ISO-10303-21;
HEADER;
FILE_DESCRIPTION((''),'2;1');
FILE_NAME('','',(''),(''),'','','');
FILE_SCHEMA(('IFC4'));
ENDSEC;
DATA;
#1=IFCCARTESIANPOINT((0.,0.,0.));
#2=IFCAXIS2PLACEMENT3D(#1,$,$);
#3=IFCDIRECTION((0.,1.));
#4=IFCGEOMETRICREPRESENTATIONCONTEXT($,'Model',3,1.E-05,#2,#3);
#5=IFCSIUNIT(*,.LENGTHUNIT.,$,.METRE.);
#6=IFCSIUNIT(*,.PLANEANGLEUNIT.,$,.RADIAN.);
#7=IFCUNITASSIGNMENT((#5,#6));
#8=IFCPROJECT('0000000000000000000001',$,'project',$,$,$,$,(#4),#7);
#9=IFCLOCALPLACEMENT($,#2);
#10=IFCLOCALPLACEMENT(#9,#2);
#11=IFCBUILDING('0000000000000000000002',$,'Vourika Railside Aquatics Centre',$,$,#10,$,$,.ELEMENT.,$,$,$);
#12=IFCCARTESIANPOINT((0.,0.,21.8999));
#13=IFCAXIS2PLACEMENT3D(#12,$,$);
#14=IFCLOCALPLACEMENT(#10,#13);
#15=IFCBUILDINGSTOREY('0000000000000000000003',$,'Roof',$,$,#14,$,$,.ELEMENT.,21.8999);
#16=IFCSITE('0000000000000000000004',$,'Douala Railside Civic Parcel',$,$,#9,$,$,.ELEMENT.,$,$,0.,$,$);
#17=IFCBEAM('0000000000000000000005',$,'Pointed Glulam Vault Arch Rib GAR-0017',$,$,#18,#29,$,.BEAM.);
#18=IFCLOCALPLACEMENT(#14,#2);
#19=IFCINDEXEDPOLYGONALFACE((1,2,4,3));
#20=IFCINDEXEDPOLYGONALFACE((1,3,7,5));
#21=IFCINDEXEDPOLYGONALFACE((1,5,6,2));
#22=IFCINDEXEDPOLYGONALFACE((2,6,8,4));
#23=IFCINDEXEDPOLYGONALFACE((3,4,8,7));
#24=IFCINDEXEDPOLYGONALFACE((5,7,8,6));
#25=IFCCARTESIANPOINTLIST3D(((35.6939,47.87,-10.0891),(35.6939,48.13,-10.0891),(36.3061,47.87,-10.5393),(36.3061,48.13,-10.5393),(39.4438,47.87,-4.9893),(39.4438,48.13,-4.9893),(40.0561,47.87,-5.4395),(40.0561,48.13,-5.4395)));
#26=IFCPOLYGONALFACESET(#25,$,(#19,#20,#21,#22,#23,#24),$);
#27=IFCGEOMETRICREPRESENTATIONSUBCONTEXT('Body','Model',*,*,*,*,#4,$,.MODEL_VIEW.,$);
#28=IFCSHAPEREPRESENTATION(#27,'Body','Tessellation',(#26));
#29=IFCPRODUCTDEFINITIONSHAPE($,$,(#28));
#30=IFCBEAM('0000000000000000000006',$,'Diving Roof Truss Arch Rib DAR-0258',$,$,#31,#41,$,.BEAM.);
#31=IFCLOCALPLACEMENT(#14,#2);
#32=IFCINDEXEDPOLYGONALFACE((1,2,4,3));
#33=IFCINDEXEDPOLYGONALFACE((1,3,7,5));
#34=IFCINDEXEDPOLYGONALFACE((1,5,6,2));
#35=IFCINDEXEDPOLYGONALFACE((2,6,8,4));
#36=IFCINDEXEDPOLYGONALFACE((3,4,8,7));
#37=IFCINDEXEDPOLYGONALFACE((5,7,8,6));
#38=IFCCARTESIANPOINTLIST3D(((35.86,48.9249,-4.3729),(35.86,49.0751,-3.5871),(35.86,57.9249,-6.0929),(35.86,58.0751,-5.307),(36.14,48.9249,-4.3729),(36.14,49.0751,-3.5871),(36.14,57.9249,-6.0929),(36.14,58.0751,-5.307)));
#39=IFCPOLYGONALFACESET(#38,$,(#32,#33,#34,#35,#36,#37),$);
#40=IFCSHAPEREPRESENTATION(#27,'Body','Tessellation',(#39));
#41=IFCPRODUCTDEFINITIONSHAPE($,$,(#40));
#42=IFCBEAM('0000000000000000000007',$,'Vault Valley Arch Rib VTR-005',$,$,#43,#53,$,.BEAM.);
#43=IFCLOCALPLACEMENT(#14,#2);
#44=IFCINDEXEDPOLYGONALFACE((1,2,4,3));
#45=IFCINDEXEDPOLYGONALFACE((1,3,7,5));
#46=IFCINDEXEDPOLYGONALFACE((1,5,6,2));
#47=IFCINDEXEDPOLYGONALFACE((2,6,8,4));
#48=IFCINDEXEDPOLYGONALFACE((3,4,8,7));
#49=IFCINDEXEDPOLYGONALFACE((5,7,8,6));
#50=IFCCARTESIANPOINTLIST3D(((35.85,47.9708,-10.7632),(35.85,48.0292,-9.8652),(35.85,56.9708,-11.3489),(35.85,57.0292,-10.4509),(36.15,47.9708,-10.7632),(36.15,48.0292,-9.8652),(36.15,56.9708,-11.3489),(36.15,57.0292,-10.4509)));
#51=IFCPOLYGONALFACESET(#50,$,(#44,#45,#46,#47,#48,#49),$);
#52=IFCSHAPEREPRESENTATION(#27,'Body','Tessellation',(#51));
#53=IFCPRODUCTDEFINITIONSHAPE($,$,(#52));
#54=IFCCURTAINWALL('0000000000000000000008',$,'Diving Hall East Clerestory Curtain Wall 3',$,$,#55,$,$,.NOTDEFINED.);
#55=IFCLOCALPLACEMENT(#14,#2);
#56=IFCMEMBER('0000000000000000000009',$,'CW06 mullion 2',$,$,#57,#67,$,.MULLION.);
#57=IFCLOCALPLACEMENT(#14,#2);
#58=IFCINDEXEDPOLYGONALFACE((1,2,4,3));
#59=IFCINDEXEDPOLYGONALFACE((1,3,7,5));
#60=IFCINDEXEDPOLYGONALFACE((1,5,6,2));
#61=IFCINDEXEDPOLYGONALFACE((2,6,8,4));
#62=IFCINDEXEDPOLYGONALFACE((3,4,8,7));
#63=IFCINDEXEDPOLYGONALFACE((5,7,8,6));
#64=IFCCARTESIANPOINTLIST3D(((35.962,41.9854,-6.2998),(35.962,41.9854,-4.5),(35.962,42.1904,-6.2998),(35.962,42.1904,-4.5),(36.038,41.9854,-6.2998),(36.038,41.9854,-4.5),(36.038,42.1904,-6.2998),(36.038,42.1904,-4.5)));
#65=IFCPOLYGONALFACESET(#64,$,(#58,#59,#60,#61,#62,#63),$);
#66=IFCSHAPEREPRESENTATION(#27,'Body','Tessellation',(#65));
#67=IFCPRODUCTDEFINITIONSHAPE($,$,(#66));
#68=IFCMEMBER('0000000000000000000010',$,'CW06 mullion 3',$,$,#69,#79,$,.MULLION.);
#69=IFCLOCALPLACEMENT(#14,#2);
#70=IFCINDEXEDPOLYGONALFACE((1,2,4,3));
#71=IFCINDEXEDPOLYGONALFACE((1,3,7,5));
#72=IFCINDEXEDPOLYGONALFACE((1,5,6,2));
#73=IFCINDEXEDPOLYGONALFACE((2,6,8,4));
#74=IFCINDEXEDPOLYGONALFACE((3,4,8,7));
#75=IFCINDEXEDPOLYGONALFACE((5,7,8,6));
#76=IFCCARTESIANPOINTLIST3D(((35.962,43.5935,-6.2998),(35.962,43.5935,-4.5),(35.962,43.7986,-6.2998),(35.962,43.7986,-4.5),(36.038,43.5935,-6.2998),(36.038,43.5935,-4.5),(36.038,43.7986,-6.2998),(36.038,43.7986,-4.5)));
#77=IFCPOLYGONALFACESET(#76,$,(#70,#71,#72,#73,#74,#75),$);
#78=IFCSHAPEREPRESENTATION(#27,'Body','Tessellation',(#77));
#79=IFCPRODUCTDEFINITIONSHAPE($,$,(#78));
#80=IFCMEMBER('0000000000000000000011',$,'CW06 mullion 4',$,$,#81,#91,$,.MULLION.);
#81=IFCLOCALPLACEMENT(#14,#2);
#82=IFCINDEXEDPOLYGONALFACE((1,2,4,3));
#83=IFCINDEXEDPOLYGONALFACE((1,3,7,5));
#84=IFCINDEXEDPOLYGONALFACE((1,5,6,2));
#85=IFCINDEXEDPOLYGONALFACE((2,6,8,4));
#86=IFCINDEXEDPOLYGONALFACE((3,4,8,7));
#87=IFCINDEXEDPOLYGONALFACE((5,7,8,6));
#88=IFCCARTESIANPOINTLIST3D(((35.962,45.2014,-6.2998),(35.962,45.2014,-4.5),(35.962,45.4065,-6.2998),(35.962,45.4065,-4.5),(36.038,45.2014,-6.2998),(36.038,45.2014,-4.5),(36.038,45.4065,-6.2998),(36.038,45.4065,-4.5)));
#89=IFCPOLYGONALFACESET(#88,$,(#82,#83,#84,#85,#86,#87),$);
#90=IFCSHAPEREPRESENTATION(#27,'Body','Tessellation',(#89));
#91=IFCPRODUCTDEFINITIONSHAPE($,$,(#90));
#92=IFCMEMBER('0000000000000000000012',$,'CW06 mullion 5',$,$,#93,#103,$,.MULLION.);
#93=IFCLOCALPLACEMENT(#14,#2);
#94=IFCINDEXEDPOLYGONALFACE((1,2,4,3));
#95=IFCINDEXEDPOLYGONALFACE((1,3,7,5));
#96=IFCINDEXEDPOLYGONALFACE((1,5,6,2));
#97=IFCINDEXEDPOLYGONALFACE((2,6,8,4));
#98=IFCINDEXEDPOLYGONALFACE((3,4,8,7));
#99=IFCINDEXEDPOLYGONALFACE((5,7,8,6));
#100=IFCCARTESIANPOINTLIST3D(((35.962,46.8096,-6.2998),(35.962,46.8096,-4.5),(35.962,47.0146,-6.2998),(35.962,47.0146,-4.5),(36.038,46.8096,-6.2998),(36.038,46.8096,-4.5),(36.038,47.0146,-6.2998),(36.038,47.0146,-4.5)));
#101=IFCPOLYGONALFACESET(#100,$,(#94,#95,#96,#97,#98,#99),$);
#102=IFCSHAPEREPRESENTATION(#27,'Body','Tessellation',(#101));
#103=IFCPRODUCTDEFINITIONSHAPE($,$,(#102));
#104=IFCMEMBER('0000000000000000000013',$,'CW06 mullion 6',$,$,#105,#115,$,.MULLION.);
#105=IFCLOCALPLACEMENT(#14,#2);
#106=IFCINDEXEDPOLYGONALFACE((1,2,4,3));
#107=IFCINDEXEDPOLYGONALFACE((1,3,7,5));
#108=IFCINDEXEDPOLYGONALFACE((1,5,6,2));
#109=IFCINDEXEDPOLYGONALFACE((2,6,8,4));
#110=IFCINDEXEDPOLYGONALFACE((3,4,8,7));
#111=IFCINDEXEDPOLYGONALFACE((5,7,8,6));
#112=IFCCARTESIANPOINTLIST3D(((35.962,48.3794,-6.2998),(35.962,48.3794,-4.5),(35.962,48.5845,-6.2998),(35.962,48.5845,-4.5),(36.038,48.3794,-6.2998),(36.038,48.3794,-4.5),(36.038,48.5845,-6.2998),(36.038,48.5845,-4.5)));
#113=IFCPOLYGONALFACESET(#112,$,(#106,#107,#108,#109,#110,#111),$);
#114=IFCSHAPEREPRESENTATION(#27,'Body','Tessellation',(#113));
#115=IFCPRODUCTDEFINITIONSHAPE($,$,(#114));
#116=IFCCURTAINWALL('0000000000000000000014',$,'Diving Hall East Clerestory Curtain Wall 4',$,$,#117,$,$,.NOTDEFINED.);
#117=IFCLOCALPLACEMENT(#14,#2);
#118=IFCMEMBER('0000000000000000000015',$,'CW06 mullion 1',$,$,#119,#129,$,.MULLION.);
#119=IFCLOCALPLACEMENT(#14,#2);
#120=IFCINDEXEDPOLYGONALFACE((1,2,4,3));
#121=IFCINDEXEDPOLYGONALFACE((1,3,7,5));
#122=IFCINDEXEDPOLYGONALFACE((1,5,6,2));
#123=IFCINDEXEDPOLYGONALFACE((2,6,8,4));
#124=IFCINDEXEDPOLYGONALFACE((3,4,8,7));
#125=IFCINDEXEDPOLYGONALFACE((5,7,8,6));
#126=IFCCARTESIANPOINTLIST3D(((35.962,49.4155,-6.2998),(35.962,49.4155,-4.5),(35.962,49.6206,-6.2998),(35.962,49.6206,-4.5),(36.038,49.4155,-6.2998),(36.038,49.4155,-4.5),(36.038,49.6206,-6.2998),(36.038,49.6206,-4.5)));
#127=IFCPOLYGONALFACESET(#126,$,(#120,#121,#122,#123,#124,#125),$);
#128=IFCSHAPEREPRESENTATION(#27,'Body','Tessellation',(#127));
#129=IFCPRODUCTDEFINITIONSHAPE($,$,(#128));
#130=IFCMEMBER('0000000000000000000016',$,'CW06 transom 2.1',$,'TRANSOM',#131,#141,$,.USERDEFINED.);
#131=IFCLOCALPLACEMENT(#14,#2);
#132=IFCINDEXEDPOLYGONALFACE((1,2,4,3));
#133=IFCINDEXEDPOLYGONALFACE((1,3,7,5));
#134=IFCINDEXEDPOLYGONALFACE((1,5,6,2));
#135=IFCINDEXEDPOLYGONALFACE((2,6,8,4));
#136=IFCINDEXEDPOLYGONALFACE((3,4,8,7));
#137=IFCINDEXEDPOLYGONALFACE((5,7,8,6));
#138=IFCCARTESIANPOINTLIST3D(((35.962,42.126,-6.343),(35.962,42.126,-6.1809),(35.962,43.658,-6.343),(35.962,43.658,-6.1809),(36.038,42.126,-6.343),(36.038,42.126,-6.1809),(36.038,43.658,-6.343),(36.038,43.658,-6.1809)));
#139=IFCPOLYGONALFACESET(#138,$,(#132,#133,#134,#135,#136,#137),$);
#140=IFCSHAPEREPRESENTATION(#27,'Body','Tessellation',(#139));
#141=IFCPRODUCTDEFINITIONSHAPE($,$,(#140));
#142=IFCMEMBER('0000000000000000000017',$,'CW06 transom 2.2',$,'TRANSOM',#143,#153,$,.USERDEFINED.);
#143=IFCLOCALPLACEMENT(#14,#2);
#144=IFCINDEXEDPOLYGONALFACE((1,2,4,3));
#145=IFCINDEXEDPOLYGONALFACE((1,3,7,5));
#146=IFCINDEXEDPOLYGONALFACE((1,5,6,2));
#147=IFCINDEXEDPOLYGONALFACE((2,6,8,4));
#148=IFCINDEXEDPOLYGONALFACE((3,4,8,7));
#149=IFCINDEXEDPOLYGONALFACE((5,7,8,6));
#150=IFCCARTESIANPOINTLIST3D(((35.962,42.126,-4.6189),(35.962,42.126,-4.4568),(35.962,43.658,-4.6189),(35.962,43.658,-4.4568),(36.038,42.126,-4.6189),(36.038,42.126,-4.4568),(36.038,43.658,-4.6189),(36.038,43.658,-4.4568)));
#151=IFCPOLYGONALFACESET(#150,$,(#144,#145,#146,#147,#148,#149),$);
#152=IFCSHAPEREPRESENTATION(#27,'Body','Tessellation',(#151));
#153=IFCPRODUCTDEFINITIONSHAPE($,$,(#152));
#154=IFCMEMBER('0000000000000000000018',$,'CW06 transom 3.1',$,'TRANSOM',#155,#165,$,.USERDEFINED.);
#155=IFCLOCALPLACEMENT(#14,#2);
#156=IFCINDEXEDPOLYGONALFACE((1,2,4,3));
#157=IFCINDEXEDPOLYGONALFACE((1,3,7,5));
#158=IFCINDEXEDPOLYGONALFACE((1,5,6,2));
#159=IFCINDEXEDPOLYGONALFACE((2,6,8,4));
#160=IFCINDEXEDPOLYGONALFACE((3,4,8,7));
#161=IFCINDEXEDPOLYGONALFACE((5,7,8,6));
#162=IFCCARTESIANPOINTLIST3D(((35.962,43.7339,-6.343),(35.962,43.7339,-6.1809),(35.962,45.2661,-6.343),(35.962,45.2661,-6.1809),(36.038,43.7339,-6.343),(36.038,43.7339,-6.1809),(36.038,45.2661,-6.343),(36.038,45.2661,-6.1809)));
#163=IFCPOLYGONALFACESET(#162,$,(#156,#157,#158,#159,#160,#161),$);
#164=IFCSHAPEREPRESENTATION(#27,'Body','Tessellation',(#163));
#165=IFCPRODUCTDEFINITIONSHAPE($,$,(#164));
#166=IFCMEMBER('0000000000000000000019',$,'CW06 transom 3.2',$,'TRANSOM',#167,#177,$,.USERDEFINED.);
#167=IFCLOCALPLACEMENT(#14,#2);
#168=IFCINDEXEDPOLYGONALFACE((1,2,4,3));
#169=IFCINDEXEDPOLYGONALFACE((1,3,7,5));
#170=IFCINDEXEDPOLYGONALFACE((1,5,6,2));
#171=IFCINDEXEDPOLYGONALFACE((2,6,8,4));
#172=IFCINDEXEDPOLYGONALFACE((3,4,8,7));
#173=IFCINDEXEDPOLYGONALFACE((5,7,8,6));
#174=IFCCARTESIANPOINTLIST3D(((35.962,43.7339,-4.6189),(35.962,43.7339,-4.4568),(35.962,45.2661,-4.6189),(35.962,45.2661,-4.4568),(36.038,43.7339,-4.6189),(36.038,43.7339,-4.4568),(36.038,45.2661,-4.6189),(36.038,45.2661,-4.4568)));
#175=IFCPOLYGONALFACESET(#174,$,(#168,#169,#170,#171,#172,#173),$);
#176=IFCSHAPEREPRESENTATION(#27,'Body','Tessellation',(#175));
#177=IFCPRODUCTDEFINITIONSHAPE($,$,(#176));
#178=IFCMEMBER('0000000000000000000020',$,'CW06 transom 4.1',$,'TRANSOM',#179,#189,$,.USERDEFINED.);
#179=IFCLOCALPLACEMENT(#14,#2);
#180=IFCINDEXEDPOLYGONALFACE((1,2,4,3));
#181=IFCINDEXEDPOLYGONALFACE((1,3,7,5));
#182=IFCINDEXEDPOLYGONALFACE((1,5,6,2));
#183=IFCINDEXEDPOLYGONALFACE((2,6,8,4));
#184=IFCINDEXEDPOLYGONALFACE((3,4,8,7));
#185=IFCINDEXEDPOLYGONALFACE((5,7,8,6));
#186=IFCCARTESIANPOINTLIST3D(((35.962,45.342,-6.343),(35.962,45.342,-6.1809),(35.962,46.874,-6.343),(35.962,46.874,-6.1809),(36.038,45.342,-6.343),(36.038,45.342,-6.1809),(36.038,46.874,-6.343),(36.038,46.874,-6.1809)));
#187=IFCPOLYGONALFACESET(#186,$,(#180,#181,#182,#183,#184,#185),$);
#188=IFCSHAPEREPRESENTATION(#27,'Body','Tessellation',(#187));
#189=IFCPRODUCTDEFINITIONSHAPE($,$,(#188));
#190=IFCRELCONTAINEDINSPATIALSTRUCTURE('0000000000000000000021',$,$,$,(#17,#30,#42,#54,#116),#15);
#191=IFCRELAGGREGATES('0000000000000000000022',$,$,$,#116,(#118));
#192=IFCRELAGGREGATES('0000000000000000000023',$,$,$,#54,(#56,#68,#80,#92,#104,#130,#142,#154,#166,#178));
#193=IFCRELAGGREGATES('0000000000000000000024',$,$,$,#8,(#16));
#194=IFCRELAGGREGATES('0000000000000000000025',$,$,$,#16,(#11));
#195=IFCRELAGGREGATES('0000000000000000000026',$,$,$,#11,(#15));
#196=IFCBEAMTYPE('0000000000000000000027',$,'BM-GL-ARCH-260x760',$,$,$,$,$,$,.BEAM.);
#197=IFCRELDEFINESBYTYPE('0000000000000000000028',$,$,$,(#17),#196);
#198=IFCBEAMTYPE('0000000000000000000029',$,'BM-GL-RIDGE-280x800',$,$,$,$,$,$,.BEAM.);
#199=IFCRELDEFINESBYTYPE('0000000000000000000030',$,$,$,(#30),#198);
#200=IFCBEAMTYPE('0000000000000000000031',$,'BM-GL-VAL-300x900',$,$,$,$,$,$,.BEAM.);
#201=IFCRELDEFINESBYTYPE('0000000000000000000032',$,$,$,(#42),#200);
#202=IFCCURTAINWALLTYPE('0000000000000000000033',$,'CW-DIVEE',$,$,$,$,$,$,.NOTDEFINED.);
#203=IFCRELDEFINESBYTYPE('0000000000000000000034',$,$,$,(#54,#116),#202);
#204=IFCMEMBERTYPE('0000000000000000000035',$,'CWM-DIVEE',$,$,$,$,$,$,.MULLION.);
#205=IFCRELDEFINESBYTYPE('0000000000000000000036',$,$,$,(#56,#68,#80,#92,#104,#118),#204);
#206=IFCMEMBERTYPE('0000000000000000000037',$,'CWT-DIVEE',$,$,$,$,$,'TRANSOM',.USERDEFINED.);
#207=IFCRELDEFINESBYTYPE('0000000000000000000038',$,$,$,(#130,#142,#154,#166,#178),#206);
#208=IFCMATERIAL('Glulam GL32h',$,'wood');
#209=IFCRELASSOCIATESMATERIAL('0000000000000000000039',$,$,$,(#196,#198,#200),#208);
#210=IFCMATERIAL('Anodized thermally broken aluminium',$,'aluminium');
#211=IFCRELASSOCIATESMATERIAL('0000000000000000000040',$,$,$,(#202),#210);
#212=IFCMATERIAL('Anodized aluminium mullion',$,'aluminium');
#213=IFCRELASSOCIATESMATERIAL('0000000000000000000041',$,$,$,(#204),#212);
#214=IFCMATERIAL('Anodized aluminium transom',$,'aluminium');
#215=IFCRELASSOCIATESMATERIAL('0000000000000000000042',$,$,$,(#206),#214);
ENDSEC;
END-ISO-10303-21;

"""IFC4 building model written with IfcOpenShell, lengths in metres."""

from ifc_helpers import new_model, si_unit, direction, frame, origin, origin_2d, place, context, subcontext, project, spatial, rectangle, extrude, material, material_profile, profile_set, type_object, element, aggregate, save


model = new_model("IFC4")

# Units and contexts
model_context = context("Model", 3, precision=1e-05, world=origin(), true_north=direction((0.0, 1.0)))
body_context = subcontext(model_context, "Body", "Model", "MODEL_VIEW")
ifc_project = project(units=[si_unit("LENGTHUNIT", "METRE"), si_unit("PLANEANGLEUNIT", "RADIAN")], contexts=[model_context])

# Site, building, storey
site_placement = place(None, origin())
site = spatial("IfcSite", under=ifc_project, at=site_placement, Name="Douala Railside Civic Parcel", CompositionType="ELEMENT", RefElevation=0.0)
building_placement = place(site_placement, origin())
building = spatial("IfcBuilding", under=site, at=building_placement, Name="Vourika Railside Aquatics Centre", CompositionType="ELEMENT")
storey_placement = place(building_placement, frame((0.0, 0.0, 21.8999)))
storey = spatial("IfcBuildingStorey", under=building, at=storey_placement, Name="Roof", CompositionType="ELEMENT", Elevation=21.8999)

# Beams
ifc_material_1 = material(Name="Glulam GL32h", Category="wood")
ifc_material_profile_1 = material_profile(ifc_material_1, rectangle(XDim=0.26, YDim=0.76, at=origin_2d()), Name="GL32h 260x760")
ifc_profile_set_1 = profile_set([ifc_material_profile_1], Name="Glulam GL32h")
beam_type_1 = type_object("IfcBeamType", Name="BM-GL-ARCH-260x760", PredefinedType="BEAM", material=ifc_profile_set_1)
beam_1_placement = place(storey_placement, frame((36.0, 48.0, -10.3142), z_axis=(0.592401, 0.0, 0.805643), x_axis=(0.0, 1.0, 0.0)))
element("IfcBeam", 1, at=beam_1_placement, inside=storey, type_object=beam_type_1, Name="Pointed Glulam Vault Arch Rib GAR-0017", PredefinedType="BEAM", context=body_context, shape_type="SweptSolid", body=[
    extrude(rectangle(XDim=0.26, YDim=0.76, at=origin_2d()), origin(), (0.0, 0.0, 1.0), 6.3301),
])
ifc_material_profile_2 = material_profile(ifc_material_1, rectangle(XDim=0.28, YDim=0.8, at=origin_2d()), Name="GL32h 280x800")
ifc_profile_set_2 = profile_set([ifc_material_profile_2], Name="Glulam GL32h")
beam_type_2 = type_object("IfcBeamType", Name="BM-GL-RIDGE-280x800", PredefinedType="BEAM", material=ifc_profile_set_2)
beam_2_placement = place(storey_placement, frame((36.0, 49.0, -3.98), z_axis=(0.0, 0.982224, -0.187711), x_axis=(-1.0, 0.0, 0.0)))
element("IfcBeam", 2, at=beam_2_placement, inside=storey, type_object=beam_type_2, Name="Diving Roof Truss Arch Rib DAR-0258", PredefinedType="BEAM", context=body_context, shape_type="SweptSolid", body=[
    extrude(rectangle(XDim=0.28, YDim=0.8, at=origin_2d()), origin(), (0.0, 0.0, 1.0), 9.1628),
])
ifc_material_profile_3 = material_profile(ifc_material_1, rectangle(XDim=0.3, YDim=0.8999, at=origin_2d()), Name="GL32h 300x900")
ifc_profile_set_3 = profile_set([ifc_material_profile_3], Name="Glulam GL32h")
beam_type_3 = type_object("IfcBeamType", Name="BM-GL-VAL-300x900", PredefinedType="BEAM", material=ifc_profile_set_3)
beam_3_placement = place(storey_placement, frame((36.0, 48.0, -10.3142), z_axis=(0.0, 0.997889, -0.06494), x_axis=(-1.0, 0.0, 0.0)))
element("IfcBeam", 3, at=beam_3_placement, inside=storey, type_object=beam_type_3, Name="Vault Valley Arch Rib VTR-005", PredefinedType="BEAM", context=body_context, shape_type="SweptSolid", body=[
    extrude(rectangle(XDim=0.3, YDim=0.8999, at=origin_2d()), origin(), (0.0, 0.0, 1.0), 9.019),
])

# Curtain wall, members
ifc_material_2 = material(Name="Anodized thermally broken aluminium", Category="aluminium")
curtain_wall_type = type_object("IfcCurtainWallType", Name="CW-DIVEE", PredefinedType="NOTDEFINED", material=ifc_material_2)
curtain_wall_1_placement = place(storey_placement, origin())
curtain_wall_1 = element("IfcCurtainWall", 4, at=curtain_wall_1_placement, inside=storey, type_object=curtain_wall_type, Name="Diving Hall East Clerestory Curtain Wall 3", PredefinedType="NOTDEFINED")
ifc_material_3 = material(Name="Anodized aluminium mullion", Category="aluminium")
ifc_material_profile_4 = material_profile(ifc_material_3, rectangle(XDim=0.0759, YDim=0.2051, at=origin_2d()), Name="ALU-M 76x205")
ifc_profile_set_4 = profile_set([ifc_material_profile_4], Name="Anodized aluminium mullion")
member_type_1 = type_object("IfcMemberType", Name="CWM-DIVEE", PredefinedType="MULLION", material=ifc_profile_set_4)
member_1_placement = place(storey_placement, frame((36.0, 42.0879, -6.2998), z_axis=(0.0, 0.0, 1.0), x_axis=(-1.0, 0.0, 0.0)))
member_1 = element("IfcMember", 5, at=member_1_placement, type_object=member_type_1, Name="CW06 mullion 2", PredefinedType="MULLION", context=body_context, shape_type="SweptSolid", body=[
    extrude(rectangle(XDim=0.0759, YDim=0.2051, at=origin_2d()), origin(), (0.0, 0.0, 1.0), 1.7998),
])
member_2_placement = place(storey_placement, frame((36.0, 43.696, -6.2998), z_axis=(0.0, 0.0, 1.0), x_axis=(-1.0, 0.0, 0.0)))
member_2 = element("IfcMember", 6, at=member_2_placement, type_object=member_type_1, Name="CW06 mullion 3", PredefinedType="MULLION", context=body_context, shape_type="SweptSolid", body=[
    extrude(rectangle(XDim=0.0759, YDim=0.2051, at=origin_2d()), origin(), (0.0, 0.0, 1.0), 1.7998),
])
member_3_placement = place(storey_placement, frame((36.0, 45.304, -6.2998), z_axis=(0.0, 0.0, 1.0), x_axis=(-1.0, 0.0, 0.0)))
member_3 = element("IfcMember", 7, at=member_3_placement, type_object=member_type_1, Name="CW06 mullion 4", PredefinedType="MULLION", context=body_context, shape_type="SweptSolid", body=[
    extrude(rectangle(XDim=0.0759, YDim=0.2051, at=origin_2d()), origin(), (0.0, 0.0, 1.0), 1.7998),
])
member_4_placement = place(storey_placement, frame((36.0, 46.9121, -6.2998), z_axis=(0.0, 0.0, 1.0), x_axis=(-1.0, 0.0, 0.0)))
member_4 = element("IfcMember", 8, at=member_4_placement, type_object=member_type_1, Name="CW06 mullion 5", PredefinedType="MULLION", context=body_context, shape_type="SweptSolid", body=[
    extrude(rectangle(XDim=0.0759, YDim=0.2051, at=origin_2d()), origin(), (0.0, 0.0, 1.0), 1.7998),
])
member_5_placement = place(storey_placement, frame((36.0, 48.4819, -6.2998), z_axis=(0.0, 0.0, 1.0), x_axis=(-1.0, 0.0, 0.0)))
member_5 = element("IfcMember", 9, at=member_5_placement, type_object=member_type_1, Name="CW06 mullion 6", PredefinedType="MULLION", context=body_context, shape_type="SweptSolid", body=[
    extrude(rectangle(XDim=0.0759, YDim=0.2051, at=origin_2d()), origin(), (0.0, 0.0, 1.0), 1.7998),
])

# Curtain wall, member
curtain_wall_2_placement = place(storey_placement, origin())
curtain_wall_2 = element("IfcCurtainWall", 10, at=curtain_wall_2_placement, inside=storey, type_object=curtain_wall_type, Name="Diving Hall East Clerestory Curtain Wall 4", PredefinedType="NOTDEFINED")
member_6_placement = place(storey_placement, frame((36.0, 49.5181, -6.2998), z_axis=(0.0, 0.0, 1.0), x_axis=(-1.0, 0.0, 0.0)))
member_6 = element("IfcMember", 11, at=member_6_placement, type_object=member_type_1, Name="CW06 mullion 1", PredefinedType="MULLION", context=body_context, shape_type="SweptSolid", body=[
    extrude(rectangle(XDim=0.0759, YDim=0.2051, at=origin_2d()), origin(), (0.0, 0.0, 1.0), 1.7998),
])
aggregate(curtain_wall_2, [member_6])

# Members
ifc_material_4 = material(Name="Anodized aluminium transom", Category="aluminium")
ifc_material_profile_5 = material_profile(ifc_material_4, rectangle(XDim=0.0759, YDim=0.1621, at=origin_2d()), Name="ALU-T 76x162")
ifc_profile_set_5 = profile_set([ifc_material_profile_5], Name="Anodized aluminium transom")
member_type_2 = type_object("IfcMemberType", Name="CWT-DIVEE", ElementType="TRANSOM", PredefinedType="USERDEFINED", material=ifc_profile_set_5)
member_7_placement = place(storey_placement, frame((36.0, 42.126, -6.262), z_axis=(0.0, 1.0, 0.0), x_axis=(-1.0, 0.0, 0.0)))
member_7 = element("IfcMember", 12, at=member_7_placement, type_object=member_type_2, Name="CW06 transom 2.1", ObjectType="TRANSOM", PredefinedType="USERDEFINED", context=body_context, shape_type="SweptSolid", body=[
    extrude(rectangle(XDim=0.0759, YDim=0.1621, at=origin_2d()), origin(), (0.0, 0.0, 1.0), 1.532),
])
member_8_placement = place(storey_placement, frame((36.0, 42.126, -4.5378), z_axis=(0.0, 1.0, 0.0), x_axis=(-1.0, 0.0, 0.0)))
member_8 = element("IfcMember", 13, at=member_8_placement, type_object=member_type_2, Name="CW06 transom 2.2", ObjectType="TRANSOM", PredefinedType="USERDEFINED", context=body_context, shape_type="SweptSolid", body=[
    extrude(rectangle(XDim=0.0759, YDim=0.1621, at=origin_2d()), origin(), (0.0, 0.0, 1.0), 1.532),
])
member_9_placement = place(storey_placement, frame((36.0, 43.7339, -6.262), z_axis=(0.0, 1.0, 0.0), x_axis=(-1.0, 0.0, 0.0)))
member_9 = element("IfcMember", 14, at=member_9_placement, type_object=member_type_2, Name="CW06 transom 3.1", ObjectType="TRANSOM", PredefinedType="USERDEFINED", context=body_context, shape_type="SweptSolid", body=[
    extrude(rectangle(XDim=0.0759, YDim=0.1621, at=origin_2d()), origin(), (0.0, 0.0, 1.0), 1.5322),
])
member_10_placement = place(storey_placement, frame((36.0, 43.7339, -4.5378), z_axis=(0.0, 1.0, 0.0), x_axis=(-1.0, 0.0, 0.0)))
member_10 = element("IfcMember", 15, at=member_10_placement, type_object=member_type_2, Name="CW06 transom 3.2", ObjectType="TRANSOM", PredefinedType="USERDEFINED", context=body_context, shape_type="SweptSolid", body=[
    extrude(rectangle(XDim=0.0759, YDim=0.1621, at=origin_2d()), origin(), (0.0, 0.0, 1.0), 1.5322),
])
member_11_placement = place(storey_placement, frame((36.0, 45.342, -6.262), z_axis=(0.0, 1.0, 0.0), x_axis=(-1.0, 0.0, 0.0)))
member_11 = element("IfcMember", 16, at=member_11_placement, type_object=member_type_2, Name="CW06 transom 4.1", ObjectType="TRANSOM", PredefinedType="USERDEFINED", context=body_context, shape_type="SweptSolid", body=[
    extrude(rectangle(XDim=0.0759, YDim=0.1621, at=origin_2d()), origin(), (0.0, 0.0, 1.0), 1.532),
])

aggregate(curtain_wall_1, [member_1, member_2, member_3, member_4, member_5, member_7, member_8, member_9, member_10, member_11])

save(model, "model.ifc")
